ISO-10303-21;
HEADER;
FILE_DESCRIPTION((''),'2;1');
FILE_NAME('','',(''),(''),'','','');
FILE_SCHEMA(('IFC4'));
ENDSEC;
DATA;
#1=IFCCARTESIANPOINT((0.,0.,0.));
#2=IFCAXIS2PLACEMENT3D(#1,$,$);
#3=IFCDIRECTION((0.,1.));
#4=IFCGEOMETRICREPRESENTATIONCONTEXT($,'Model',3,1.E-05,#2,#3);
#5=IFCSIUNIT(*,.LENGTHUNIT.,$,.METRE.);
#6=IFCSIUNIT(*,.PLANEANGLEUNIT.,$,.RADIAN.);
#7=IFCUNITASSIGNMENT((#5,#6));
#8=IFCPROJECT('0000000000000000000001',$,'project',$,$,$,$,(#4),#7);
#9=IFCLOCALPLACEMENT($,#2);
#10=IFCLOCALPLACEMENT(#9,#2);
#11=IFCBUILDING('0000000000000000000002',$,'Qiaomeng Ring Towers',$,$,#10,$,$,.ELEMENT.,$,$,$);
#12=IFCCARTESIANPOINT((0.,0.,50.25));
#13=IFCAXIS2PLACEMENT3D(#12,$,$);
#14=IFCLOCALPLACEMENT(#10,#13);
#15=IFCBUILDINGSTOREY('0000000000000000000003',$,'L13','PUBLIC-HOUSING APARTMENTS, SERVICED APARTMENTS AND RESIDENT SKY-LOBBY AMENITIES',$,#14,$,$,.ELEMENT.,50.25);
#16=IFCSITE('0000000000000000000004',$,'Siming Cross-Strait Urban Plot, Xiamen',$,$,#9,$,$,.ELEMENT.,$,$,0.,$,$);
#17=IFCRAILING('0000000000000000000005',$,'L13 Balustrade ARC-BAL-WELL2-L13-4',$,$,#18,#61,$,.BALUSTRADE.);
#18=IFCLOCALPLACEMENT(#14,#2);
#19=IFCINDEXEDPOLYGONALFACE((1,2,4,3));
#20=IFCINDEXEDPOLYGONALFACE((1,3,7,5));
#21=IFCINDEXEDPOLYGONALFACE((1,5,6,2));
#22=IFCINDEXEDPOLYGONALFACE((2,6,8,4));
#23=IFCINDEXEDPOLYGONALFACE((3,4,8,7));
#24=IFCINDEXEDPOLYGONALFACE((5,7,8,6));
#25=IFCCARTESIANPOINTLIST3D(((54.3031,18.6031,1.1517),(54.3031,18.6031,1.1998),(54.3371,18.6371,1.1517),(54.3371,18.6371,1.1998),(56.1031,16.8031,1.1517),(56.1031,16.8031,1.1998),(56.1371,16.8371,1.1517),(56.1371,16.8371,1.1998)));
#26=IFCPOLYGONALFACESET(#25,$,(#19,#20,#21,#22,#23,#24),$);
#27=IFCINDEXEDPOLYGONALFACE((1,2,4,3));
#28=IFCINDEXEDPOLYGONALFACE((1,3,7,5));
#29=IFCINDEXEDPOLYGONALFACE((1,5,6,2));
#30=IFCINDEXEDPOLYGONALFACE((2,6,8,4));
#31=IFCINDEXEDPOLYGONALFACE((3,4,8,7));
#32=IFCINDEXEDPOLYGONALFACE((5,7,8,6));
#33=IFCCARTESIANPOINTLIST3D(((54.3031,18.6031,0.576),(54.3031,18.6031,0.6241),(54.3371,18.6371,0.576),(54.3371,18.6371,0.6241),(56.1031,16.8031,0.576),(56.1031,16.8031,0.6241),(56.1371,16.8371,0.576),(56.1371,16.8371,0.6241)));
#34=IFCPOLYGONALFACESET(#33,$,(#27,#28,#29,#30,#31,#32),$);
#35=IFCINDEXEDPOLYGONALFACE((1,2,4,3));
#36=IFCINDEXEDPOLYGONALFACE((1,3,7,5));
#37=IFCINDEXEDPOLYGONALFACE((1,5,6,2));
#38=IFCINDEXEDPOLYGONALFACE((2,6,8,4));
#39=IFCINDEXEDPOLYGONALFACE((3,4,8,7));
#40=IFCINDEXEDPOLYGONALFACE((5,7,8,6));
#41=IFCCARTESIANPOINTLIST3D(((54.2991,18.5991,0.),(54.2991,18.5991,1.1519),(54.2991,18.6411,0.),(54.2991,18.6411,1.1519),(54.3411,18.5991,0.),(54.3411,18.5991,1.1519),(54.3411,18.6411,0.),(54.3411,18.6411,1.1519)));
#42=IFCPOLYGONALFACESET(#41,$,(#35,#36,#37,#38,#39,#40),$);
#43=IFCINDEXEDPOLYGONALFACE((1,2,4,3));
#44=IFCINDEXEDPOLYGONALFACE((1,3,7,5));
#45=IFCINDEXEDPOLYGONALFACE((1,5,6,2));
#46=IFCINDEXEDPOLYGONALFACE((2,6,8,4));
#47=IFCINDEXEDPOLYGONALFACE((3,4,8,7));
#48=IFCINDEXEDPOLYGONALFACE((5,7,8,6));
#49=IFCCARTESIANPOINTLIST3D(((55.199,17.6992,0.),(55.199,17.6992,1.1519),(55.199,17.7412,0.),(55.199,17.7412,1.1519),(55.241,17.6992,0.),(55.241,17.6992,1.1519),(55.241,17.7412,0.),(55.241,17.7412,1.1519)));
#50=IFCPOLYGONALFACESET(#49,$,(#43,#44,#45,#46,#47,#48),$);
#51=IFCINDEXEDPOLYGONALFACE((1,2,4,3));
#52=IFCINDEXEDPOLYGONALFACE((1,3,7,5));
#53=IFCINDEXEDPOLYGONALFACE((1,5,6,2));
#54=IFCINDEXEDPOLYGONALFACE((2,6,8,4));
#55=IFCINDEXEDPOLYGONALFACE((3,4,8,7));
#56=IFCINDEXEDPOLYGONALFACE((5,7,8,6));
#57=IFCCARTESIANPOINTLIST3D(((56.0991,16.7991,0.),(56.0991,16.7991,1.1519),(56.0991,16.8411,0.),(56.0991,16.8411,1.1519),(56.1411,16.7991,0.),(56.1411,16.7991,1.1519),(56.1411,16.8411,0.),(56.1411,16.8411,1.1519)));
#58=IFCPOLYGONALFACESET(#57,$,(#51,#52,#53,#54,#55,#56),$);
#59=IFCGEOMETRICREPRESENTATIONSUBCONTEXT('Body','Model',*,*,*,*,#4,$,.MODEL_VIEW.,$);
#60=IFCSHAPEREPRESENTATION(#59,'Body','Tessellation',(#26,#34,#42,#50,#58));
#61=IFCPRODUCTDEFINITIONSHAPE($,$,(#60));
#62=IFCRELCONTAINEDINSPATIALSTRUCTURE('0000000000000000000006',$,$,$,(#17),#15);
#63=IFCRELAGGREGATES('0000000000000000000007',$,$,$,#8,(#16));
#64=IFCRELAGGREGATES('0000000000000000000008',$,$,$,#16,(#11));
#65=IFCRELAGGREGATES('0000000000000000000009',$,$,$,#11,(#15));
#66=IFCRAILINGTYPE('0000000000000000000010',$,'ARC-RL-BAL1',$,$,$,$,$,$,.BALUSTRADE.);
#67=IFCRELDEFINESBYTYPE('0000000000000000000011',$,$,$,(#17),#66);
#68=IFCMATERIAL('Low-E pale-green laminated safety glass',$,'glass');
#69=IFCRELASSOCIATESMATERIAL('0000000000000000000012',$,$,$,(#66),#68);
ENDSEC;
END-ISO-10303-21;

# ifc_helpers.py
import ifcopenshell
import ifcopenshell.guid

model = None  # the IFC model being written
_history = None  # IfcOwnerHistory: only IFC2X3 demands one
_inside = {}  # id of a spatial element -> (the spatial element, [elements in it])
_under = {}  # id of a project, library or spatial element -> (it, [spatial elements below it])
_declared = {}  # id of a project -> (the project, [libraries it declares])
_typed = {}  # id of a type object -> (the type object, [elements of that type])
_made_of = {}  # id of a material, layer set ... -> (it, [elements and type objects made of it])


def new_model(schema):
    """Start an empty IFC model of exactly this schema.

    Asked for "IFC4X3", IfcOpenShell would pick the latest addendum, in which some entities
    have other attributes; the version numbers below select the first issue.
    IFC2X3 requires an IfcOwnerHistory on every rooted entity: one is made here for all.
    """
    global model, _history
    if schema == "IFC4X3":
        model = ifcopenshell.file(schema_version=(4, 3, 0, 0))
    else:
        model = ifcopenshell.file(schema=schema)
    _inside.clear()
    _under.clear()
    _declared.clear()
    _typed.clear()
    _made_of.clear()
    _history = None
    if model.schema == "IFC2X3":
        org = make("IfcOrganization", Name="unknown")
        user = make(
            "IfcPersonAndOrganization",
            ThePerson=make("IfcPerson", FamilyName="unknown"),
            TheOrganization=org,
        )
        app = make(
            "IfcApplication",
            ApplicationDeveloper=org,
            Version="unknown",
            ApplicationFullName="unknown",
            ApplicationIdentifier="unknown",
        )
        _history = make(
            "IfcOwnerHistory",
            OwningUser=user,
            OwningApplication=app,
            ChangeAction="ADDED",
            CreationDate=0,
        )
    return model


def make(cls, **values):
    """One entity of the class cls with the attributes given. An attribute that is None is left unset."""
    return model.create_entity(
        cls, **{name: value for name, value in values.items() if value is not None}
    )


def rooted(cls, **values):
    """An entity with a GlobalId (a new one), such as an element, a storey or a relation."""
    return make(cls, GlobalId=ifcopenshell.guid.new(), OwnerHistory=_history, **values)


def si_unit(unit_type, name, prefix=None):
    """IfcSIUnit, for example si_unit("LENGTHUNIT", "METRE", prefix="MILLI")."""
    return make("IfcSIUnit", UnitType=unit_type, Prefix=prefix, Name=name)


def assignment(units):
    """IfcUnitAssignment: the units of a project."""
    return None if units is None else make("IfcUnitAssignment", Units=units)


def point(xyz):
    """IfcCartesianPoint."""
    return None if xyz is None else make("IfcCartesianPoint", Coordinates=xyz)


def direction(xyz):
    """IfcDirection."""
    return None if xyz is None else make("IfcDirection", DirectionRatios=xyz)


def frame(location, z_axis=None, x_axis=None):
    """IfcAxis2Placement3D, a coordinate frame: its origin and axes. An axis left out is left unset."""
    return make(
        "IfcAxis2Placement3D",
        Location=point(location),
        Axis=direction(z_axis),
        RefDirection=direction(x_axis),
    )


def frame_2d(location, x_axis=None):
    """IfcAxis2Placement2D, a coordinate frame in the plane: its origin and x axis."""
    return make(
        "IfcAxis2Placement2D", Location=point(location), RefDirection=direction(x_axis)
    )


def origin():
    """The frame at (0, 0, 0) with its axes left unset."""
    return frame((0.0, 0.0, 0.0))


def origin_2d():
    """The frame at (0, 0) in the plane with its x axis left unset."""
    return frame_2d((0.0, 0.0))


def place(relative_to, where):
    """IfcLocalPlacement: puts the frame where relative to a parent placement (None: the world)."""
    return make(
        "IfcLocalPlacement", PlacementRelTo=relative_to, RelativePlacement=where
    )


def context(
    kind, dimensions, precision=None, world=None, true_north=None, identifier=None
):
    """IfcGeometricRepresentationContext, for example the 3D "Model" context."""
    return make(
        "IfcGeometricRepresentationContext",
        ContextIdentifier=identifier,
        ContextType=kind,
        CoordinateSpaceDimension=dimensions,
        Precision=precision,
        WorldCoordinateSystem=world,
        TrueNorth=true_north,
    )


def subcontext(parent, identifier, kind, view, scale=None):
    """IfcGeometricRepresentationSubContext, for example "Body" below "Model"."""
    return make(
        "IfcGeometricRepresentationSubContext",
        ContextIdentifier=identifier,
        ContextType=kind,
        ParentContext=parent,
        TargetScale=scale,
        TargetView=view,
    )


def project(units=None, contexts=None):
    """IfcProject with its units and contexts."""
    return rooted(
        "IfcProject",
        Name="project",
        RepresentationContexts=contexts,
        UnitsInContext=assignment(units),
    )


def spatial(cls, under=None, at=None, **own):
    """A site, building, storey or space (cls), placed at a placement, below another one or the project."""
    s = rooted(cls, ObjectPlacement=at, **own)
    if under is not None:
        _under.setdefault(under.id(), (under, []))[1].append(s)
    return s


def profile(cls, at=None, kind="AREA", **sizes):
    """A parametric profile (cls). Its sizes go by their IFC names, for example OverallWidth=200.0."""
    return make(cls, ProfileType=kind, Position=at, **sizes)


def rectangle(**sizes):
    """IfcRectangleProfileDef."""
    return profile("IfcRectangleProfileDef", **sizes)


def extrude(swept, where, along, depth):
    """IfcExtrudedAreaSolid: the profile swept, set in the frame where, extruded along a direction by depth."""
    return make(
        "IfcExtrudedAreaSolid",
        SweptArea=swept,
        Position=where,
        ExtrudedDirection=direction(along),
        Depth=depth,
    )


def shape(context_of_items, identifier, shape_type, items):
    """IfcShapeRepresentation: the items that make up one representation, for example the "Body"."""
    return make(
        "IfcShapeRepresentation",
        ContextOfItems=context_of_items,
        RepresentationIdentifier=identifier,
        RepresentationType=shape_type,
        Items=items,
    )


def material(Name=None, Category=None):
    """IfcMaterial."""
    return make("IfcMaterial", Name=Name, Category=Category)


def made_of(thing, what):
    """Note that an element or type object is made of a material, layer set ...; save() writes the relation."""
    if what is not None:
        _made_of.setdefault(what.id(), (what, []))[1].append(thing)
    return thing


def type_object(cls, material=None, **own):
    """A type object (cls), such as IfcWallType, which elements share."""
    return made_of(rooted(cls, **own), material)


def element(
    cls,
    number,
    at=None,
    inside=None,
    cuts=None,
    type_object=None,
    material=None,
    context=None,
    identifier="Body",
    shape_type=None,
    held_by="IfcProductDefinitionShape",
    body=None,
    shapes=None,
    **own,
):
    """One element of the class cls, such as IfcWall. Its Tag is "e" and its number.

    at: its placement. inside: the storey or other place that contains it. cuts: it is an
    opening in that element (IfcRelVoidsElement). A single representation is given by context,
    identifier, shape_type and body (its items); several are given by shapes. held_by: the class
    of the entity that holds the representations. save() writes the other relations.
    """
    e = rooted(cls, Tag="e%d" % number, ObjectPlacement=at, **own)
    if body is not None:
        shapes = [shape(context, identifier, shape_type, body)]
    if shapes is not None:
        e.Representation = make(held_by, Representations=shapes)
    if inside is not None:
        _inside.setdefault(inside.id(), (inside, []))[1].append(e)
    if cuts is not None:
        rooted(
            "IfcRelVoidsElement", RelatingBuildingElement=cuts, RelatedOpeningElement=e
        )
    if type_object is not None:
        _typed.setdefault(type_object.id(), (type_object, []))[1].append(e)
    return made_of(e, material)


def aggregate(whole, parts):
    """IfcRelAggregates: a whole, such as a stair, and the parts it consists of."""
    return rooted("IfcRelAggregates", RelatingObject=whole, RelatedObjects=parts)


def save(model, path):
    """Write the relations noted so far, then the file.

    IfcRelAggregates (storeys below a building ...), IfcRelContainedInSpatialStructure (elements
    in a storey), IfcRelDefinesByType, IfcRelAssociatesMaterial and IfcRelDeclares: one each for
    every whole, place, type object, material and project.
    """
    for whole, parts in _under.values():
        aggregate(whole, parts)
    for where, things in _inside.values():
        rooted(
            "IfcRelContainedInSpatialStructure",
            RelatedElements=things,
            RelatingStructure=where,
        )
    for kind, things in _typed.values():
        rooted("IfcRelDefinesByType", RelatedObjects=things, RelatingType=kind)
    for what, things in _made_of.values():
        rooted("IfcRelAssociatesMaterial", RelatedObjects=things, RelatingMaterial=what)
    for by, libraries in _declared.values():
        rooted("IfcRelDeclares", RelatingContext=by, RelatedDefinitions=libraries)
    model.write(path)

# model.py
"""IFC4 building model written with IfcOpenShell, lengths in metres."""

from ifc_helpers import new_model, si_unit, direction, frame, origin, origin_2d, place, context, subcontext, project, spatial, rectangle, extrude, material, type_object, element, save


model = new_model("IFC4")

# Units and contexts
model_context = context("Model", 3, precision=1e-05, world=origin(), true_north=direction((0.0, 1.0)))
body_context = subcontext(model_context, "Body", "Model", "MODEL_VIEW")
ifc_project = project(units=[si_unit("LENGTHUNIT", "METRE"), si_unit("PLANEANGLEUNIT", "RADIAN")], contexts=[model_context])

# Site, building, storey
site_placement = place(None, origin())
site = spatial("IfcSite", under=ifc_project, at=site_placement, Name="Siming Cross-Strait Urban Plot, Xiamen", CompositionType="ELEMENT", RefElevation=0.0)
building_placement = place(site_placement, origin())
building = spatial("IfcBuilding", under=site, at=building_placement, Name="Qiaomeng Ring Towers", CompositionType="ELEMENT")
storey_placement = place(building_placement, frame((0.0, 0.0, 50.25)))
storey = spatial("IfcBuildingStorey", under=building, at=storey_placement, Name="L13", Description="PUBLIC-HOUSING APARTMENTS, SERVICED APARTMENTS AND RESIDENT SKY-LOBBY AMENITIES", CompositionType="ELEMENT", Elevation=50.25)

# Railing
ifc_material_1 = material(Name="Low-E pale-green laminated safety glass", Category="glass")
railing_type = type_object("IfcRailingType", Name="ARC-RL-BAL1", PredefinedType="BALUSTRADE", material=ifc_material_1)
railing_placement = place(storey_placement, frame((54.3201, 18.6201, 0.0)))
element("IfcRailing", 1, at=railing_placement, inside=storey, type_object=railing_type, Name="L13 Balustrade ARC-BAL-WELL2-L13-4", PredefinedType="BALUSTRADE", context=body_context, shape_type="SweptSolid", body=[
    extrude(rectangle(XDim=0.0481, YDim=0.0481, at=origin_2d()), frame((0.0, 0.0, 1.1758), z_axis=(0.707107, -0.707107, 0.0), x_axis=(0.707107, 0.707107, 0.0)), (0.0, 0.0, 1.0), 2.5457),
    extrude(rectangle(XDim=0.0481, YDim=0.0481, at=origin_2d()), frame((0.0, 0.0, 0.6001), z_axis=(0.707107, -0.707107, 0.0), x_axis=(0.707107, 0.707107, 0.0)), (0.0, 0.0, 1.0), 2.5457),
    extrude(rectangle(XDim=0.042, YDim=0.042, at=origin_2d()), origin(), (0.0, 0.0, 1.0), 1.1519),
    extrude(rectangle(XDim=0.042, YDim=0.042, at=origin_2d()), frame((0.8999, -0.8999, 0.0)), (0.0, 0.0, 1.0), 1.1519),
    extrude(rectangle(XDim=0.042, YDim=0.042, at=origin_2d()), frame((1.8, -1.8, 0.0)), (0.0, 0.0, 1.0), 1.1519),
])

save(model, "model.ifc")
